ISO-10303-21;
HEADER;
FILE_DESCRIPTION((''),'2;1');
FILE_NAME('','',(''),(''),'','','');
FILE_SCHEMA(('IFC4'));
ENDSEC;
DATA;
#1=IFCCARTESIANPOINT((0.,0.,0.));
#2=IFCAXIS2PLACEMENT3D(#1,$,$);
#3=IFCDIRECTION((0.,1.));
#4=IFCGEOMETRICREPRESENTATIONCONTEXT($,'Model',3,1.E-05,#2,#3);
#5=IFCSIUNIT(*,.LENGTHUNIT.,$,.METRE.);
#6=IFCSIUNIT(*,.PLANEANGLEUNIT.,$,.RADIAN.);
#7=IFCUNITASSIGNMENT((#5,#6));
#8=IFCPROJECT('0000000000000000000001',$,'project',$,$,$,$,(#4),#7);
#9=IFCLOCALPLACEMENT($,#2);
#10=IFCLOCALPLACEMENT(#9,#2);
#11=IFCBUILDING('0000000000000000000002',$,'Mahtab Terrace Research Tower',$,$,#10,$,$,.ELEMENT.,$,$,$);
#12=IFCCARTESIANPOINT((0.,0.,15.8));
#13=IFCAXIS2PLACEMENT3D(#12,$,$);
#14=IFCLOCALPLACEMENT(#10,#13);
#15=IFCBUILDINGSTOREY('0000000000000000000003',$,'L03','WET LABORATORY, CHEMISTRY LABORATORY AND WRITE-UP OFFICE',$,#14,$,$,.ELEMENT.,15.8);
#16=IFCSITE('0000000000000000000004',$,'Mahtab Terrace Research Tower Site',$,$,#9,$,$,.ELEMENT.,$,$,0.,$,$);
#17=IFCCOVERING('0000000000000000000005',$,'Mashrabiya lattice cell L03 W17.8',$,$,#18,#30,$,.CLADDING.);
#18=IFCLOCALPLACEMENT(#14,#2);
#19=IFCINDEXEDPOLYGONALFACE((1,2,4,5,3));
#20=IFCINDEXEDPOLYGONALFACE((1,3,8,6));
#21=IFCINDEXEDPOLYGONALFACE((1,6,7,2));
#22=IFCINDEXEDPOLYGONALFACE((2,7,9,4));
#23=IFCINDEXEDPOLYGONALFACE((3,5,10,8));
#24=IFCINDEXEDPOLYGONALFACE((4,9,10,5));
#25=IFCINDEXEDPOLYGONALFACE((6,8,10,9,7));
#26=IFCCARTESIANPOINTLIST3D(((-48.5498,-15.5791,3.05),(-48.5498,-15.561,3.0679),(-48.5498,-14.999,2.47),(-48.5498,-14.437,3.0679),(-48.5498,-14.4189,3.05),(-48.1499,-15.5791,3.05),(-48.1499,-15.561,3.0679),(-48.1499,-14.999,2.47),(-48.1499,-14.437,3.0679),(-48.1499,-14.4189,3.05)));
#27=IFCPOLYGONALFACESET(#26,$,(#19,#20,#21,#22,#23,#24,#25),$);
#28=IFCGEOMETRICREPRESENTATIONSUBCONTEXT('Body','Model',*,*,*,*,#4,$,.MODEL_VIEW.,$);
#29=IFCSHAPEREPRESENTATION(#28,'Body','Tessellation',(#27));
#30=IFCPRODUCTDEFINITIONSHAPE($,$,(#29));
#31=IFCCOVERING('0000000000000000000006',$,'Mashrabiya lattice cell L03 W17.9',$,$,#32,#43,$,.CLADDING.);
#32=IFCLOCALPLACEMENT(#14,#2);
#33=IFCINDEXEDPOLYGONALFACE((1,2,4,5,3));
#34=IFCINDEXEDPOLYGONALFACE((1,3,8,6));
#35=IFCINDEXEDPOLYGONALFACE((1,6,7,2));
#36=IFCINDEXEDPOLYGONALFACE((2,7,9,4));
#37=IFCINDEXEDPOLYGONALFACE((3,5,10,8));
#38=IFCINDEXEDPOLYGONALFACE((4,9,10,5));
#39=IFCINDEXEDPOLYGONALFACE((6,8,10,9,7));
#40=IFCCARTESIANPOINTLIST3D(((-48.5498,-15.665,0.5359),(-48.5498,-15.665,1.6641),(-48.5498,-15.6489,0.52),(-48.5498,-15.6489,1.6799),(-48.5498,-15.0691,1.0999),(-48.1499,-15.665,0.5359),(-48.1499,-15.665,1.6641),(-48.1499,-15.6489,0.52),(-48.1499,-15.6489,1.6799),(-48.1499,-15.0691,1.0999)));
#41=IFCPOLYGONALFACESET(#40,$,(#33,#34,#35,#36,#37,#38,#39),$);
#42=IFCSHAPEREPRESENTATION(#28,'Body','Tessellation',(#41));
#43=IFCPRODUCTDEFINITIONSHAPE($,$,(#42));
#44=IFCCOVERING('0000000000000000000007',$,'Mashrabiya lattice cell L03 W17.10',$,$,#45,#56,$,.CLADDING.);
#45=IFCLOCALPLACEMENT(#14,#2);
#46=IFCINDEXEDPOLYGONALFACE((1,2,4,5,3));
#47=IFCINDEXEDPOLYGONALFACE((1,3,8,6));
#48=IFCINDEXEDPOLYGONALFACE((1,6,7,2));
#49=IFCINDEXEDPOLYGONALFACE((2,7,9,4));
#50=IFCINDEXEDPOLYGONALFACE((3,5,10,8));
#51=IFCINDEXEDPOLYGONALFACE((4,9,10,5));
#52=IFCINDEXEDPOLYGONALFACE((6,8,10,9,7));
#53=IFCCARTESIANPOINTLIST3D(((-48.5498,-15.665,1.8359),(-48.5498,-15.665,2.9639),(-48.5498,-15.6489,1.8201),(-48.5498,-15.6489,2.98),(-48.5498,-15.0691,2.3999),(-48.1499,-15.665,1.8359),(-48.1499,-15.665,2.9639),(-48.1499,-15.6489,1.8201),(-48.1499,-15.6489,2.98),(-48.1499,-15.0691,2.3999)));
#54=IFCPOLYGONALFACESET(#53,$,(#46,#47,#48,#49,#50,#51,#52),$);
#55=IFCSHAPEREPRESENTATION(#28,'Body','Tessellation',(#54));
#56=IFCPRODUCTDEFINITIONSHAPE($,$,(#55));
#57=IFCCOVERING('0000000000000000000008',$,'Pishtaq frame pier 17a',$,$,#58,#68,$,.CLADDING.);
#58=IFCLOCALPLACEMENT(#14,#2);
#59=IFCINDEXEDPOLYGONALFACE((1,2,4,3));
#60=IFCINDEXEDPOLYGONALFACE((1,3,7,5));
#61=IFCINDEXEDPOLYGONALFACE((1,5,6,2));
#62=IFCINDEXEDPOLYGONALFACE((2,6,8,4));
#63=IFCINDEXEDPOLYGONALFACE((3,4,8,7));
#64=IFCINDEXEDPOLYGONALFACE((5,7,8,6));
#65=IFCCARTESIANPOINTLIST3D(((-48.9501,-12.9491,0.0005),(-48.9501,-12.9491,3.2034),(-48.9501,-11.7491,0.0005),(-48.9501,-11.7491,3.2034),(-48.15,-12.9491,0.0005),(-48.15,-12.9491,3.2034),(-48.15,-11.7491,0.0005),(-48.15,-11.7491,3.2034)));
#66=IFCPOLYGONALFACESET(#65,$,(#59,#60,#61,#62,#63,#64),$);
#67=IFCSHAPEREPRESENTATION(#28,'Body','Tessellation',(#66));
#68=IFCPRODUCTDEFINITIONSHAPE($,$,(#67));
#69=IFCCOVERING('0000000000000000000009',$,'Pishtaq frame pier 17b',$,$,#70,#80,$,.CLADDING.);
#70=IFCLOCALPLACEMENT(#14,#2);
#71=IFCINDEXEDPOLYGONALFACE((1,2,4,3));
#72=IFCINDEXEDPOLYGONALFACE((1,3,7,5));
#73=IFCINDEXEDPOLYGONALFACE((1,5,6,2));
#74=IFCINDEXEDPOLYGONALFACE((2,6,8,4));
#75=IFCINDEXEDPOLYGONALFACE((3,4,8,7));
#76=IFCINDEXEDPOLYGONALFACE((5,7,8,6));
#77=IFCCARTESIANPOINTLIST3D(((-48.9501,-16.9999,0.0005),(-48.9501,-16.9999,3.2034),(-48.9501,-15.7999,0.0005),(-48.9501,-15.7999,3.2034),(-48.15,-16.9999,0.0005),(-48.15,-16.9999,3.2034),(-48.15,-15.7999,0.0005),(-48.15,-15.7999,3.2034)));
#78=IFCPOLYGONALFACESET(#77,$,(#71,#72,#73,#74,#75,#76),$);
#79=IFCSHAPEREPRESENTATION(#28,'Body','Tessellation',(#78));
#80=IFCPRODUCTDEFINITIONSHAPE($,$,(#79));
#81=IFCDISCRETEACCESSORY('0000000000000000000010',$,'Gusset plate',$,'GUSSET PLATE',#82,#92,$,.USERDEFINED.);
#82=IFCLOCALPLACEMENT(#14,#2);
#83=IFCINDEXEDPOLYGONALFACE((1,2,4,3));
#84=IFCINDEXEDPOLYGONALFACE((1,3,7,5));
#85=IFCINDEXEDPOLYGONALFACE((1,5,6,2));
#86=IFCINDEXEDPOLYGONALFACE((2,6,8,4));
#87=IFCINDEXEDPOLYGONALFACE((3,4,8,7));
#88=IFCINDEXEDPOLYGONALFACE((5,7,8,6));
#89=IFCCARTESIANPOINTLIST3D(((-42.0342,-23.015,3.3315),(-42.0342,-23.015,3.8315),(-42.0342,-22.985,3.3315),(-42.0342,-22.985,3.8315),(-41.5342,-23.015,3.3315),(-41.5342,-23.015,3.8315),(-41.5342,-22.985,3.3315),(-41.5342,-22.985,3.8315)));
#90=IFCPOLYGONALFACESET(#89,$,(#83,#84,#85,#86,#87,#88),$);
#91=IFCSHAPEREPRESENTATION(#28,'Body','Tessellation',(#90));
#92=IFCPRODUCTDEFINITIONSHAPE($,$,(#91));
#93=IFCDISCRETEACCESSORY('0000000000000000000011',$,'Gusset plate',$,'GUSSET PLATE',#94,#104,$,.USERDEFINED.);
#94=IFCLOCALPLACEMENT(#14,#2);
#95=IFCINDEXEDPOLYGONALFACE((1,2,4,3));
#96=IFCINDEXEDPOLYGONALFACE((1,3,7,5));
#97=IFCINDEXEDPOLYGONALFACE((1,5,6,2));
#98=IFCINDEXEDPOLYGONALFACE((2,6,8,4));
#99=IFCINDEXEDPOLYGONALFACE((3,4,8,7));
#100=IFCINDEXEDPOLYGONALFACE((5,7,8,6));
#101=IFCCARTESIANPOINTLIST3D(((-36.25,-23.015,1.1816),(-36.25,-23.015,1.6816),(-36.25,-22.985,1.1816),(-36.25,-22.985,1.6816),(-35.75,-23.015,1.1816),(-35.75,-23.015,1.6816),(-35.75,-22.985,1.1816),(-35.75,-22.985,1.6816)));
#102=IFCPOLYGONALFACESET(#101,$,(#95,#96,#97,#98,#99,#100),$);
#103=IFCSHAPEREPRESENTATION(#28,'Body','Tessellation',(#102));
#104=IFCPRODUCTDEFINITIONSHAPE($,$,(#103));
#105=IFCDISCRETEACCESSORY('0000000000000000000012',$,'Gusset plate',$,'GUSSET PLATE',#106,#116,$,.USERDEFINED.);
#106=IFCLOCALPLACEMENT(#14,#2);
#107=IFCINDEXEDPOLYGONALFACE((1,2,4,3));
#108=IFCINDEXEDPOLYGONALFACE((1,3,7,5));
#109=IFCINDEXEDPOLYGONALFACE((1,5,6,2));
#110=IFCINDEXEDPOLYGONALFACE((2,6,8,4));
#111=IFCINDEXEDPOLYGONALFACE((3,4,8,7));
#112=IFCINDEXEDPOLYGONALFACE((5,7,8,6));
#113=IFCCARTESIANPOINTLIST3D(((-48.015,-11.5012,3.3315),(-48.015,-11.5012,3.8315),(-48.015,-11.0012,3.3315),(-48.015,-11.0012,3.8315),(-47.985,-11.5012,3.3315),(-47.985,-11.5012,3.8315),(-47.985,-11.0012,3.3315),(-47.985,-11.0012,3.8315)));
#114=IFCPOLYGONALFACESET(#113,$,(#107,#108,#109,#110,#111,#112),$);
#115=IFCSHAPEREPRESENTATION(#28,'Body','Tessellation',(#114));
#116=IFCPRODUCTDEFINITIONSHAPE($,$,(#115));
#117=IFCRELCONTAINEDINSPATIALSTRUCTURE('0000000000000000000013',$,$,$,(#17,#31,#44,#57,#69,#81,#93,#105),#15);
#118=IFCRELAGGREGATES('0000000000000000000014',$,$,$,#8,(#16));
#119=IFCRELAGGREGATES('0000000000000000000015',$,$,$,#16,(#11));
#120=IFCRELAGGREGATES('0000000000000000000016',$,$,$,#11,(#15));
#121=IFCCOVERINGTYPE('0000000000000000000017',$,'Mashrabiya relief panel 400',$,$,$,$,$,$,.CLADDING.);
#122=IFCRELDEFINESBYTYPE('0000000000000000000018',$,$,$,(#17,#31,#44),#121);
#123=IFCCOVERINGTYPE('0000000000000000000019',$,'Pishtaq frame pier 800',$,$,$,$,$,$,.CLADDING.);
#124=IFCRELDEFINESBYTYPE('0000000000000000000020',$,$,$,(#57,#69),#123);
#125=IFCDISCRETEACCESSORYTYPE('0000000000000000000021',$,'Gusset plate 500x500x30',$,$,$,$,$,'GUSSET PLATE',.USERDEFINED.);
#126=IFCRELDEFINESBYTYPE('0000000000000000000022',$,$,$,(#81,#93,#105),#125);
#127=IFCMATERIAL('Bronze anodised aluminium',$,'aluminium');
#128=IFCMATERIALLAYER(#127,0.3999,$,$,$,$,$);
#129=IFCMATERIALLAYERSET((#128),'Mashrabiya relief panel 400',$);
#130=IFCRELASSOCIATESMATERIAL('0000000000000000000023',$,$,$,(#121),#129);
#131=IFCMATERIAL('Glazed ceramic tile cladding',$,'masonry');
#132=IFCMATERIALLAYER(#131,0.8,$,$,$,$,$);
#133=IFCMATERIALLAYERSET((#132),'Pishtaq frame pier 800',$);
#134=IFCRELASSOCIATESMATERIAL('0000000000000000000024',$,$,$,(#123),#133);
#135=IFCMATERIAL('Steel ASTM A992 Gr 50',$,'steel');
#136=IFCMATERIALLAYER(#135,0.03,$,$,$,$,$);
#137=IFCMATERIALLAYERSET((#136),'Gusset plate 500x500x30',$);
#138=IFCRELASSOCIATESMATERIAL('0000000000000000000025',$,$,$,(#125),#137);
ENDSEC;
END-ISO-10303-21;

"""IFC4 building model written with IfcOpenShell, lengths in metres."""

from ifc_helpers import new_model, si_unit, direction, frame, origin, origin_2d, place, context, subcontext, project, spatial, polyline, rectangle, outline, extrude, material, layer, layer_set, type_object, element, save


model = new_model("IFC4")

# Units and contexts
model_context = context("Model", 3, precision=1e-05, world=origin(), true_north=direction((0.0, 1.0)))
body_context = subcontext(model_context, "Body", "Model", "MODEL_VIEW")
ifc_project = project(units=[si_unit("LENGTHUNIT", "METRE"), si_unit("PLANEANGLEUNIT", "RADIAN")], contexts=[model_context])

# Site, building, storey
site_placement = place(None, origin())
site = spatial("IfcSite", under=ifc_project, at=site_placement, Name="Mahtab Terrace Research Tower Site", CompositionType="ELEMENT", RefElevation=0.0)
building_placement = place(site_placement, origin())
building = spatial("IfcBuilding", under=site, at=building_placement, Name="Mahtab Terrace Research Tower", CompositionType="ELEMENT")
storey_placement = place(building_placement, frame((0.0, 0.0, 15.8)))
storey = spatial("IfcBuildingStorey", under=building, at=storey_placement, Name="L03", Description="WET LABORATORY, CHEMISTRY LABORATORY AND WRITE-UP OFFICE", CompositionType="ELEMENT", Elevation=15.8)

# Shared definitions
ifc_material_1 = material(Name="Steel ASTM A992 Gr 50", Category="steel")

# Coverings
ifc_material_2 = material(Name="Bronze anodised aluminium", Category="aluminium")
ifc_layer_1 = layer(ifc_material_2, 0.3999)
ifc_layer_set_1 = layer_set([ifc_layer_1], Name="Mashrabiya relief panel 400")
covering_type_1 = type_object("IfcCoveringType", Name="Mashrabiya relief panel 400", PredefinedType="CLADDING", material=ifc_layer_set_1)
covering_1_placement = place(storey_placement, frame((-48.1499, -15.5791, 3.05), z_axis=(1.0, 0.0, 0.0), x_axis=(0.0, 0.707107, -0.707107)))
element("IfcCovering", 1, at=covering_1_placement, inside=storey, type_object=covering_type_1, Name="Mashrabiya lattice cell L03 W17.8", PredefinedType="CLADDING", context=body_context, shape_type="SweptSolid", body=[
    extrude(outline(polyline([(0.0, 0.0), (0.8204, 0.0), (0.8204, 0.8204), (0.795, 0.8202), (0.0002, 0.0254), (0.0, 0.0)])), origin(), (0.0, 0.0, -1.0), 0.3999),
])
covering_2_placement = place(storey_placement, frame((-48.1499, -15.6489, 0.52), z_axis=(1.0, 0.0, 0.0), x_axis=(0.0, 0.707107, 0.707107)))
element("IfcCovering", 2, at=covering_2_placement, inside=storey, type_object=covering_type_1, Name="Mashrabiya lattice cell L03 W17.9", PredefinedType="CLADDING", context=body_context, shape_type="SweptSolid", body=[
    extrude(outline(polyline([(0.0, 0.0), (0.82, 0.0), (0.8202, 0.8202), (0.7976, 0.8204), (-0.0002, 0.0226), (0.0, 0.0)])), origin(), (0.0, 0.0, -1.0), 0.3999),
])
covering_3_placement = place(storey_placement, frame((-48.1499, -15.6489, 1.8201), z_axis=(1.0, 0.0, 0.0), x_axis=(0.0, 0.707107, 0.707107)))
element("IfcCovering", 3, at=covering_3_placement, inside=storey, type_object=covering_type_1, Name="Mashrabiya lattice cell L03 W17.10", PredefinedType="CLADDING", context=body_context, shape_type="SweptSolid", body=[
    extrude(outline(polyline([(0.0, 0.0), (0.82, 0.0), (0.8202, 0.8202), (0.7974, 0.8202), (-0.0002, 0.0226), (0.0, 0.0)])), origin(), (0.0, 0.0, -1.0), 0.3999),
])
ifc_material_3 = material(Name="Glazed ceramic tile cladding", Category="masonry")
ifc_layer_2 = layer(ifc_material_3, 0.8)
ifc_layer_set_2 = layer_set([ifc_layer_2], Name="Pishtaq frame pier 800")
covering_type_2 = type_object("IfcCoveringType", Name="Pishtaq frame pier 800", PredefinedType="CLADDING", material=ifc_layer_set_2)
for number, where, z_axis, x_axis, name in (
    (4, (-48.55, -12.3491, 0.0005), (0.0, 0.0, 1.0), (0.0, -1.0, 0.0), "Pishtaq frame pier 17a"),
    (5, (-48.55, -16.3999, 0.0005), (0.0, 0.0, 1.0), (0.0, -1.0, 0.0), "Pishtaq frame pier 17b"),
):
    element("IfcCovering", number, at=place(storey_placement, frame(where, z_axis=z_axis, x_axis=x_axis)), inside=storey, type_object=covering_type_2, Name=name, PredefinedType="CLADDING", context=body_context, shape_type="SweptSolid", body=[
        extrude(rectangle(XDim=1.2, YDim=0.8, at=origin_2d()), origin(), (0.0, 0.0, 1.0), 3.2029),
    ])

# Discrete accessories
ifc_layer_3 = layer(ifc_material_1, 0.03)
ifc_layer_set_3 = layer_set([ifc_layer_3], Name="Gusset plate 500x500x30")
discrete_accessory_type = type_object("IfcDiscreteAccessoryType", Name="Gusset plate 500x500x30", ElementType="GUSSET PLATE", PredefinedType="USERDEFINED", material=ifc_layer_set_3)
for number, where, z_axis, x_axis, name in (
    (6, (-41.7842, -23.0, 3.3315), (0.0, 0.0, 1.0), (1.0, 0.0, 0.0), "Gusset plate"),
    (7, (-36.0, -23.0, 1.1816), (0.0, 0.0, 1.0), (1.0, 0.0, 0.0), "Gusset plate"),
    (8, (-48.0, -11.2512, 3.3315), (0.0, 0.0, 1.0), (0.0, 1.0, 0.0), "Gusset plate"),
):
    element("IfcDiscreteAccessory", number, at=place(storey_placement, frame(where, z_axis=z_axis, x_axis=x_axis)), inside=storey, type_object=discrete_accessory_type, Name=name, ObjectType="GUSSET PLATE", PredefinedType="USERDEFINED", context=body_context, shape_type="SweptSolid", body=[
        extrude(rectangle(XDim=0.5, YDim=0.03, at=origin_2d()), origin(), (0.0, 0.0, 1.0), 0.5),
    ])

save(model, "model.ifc")
